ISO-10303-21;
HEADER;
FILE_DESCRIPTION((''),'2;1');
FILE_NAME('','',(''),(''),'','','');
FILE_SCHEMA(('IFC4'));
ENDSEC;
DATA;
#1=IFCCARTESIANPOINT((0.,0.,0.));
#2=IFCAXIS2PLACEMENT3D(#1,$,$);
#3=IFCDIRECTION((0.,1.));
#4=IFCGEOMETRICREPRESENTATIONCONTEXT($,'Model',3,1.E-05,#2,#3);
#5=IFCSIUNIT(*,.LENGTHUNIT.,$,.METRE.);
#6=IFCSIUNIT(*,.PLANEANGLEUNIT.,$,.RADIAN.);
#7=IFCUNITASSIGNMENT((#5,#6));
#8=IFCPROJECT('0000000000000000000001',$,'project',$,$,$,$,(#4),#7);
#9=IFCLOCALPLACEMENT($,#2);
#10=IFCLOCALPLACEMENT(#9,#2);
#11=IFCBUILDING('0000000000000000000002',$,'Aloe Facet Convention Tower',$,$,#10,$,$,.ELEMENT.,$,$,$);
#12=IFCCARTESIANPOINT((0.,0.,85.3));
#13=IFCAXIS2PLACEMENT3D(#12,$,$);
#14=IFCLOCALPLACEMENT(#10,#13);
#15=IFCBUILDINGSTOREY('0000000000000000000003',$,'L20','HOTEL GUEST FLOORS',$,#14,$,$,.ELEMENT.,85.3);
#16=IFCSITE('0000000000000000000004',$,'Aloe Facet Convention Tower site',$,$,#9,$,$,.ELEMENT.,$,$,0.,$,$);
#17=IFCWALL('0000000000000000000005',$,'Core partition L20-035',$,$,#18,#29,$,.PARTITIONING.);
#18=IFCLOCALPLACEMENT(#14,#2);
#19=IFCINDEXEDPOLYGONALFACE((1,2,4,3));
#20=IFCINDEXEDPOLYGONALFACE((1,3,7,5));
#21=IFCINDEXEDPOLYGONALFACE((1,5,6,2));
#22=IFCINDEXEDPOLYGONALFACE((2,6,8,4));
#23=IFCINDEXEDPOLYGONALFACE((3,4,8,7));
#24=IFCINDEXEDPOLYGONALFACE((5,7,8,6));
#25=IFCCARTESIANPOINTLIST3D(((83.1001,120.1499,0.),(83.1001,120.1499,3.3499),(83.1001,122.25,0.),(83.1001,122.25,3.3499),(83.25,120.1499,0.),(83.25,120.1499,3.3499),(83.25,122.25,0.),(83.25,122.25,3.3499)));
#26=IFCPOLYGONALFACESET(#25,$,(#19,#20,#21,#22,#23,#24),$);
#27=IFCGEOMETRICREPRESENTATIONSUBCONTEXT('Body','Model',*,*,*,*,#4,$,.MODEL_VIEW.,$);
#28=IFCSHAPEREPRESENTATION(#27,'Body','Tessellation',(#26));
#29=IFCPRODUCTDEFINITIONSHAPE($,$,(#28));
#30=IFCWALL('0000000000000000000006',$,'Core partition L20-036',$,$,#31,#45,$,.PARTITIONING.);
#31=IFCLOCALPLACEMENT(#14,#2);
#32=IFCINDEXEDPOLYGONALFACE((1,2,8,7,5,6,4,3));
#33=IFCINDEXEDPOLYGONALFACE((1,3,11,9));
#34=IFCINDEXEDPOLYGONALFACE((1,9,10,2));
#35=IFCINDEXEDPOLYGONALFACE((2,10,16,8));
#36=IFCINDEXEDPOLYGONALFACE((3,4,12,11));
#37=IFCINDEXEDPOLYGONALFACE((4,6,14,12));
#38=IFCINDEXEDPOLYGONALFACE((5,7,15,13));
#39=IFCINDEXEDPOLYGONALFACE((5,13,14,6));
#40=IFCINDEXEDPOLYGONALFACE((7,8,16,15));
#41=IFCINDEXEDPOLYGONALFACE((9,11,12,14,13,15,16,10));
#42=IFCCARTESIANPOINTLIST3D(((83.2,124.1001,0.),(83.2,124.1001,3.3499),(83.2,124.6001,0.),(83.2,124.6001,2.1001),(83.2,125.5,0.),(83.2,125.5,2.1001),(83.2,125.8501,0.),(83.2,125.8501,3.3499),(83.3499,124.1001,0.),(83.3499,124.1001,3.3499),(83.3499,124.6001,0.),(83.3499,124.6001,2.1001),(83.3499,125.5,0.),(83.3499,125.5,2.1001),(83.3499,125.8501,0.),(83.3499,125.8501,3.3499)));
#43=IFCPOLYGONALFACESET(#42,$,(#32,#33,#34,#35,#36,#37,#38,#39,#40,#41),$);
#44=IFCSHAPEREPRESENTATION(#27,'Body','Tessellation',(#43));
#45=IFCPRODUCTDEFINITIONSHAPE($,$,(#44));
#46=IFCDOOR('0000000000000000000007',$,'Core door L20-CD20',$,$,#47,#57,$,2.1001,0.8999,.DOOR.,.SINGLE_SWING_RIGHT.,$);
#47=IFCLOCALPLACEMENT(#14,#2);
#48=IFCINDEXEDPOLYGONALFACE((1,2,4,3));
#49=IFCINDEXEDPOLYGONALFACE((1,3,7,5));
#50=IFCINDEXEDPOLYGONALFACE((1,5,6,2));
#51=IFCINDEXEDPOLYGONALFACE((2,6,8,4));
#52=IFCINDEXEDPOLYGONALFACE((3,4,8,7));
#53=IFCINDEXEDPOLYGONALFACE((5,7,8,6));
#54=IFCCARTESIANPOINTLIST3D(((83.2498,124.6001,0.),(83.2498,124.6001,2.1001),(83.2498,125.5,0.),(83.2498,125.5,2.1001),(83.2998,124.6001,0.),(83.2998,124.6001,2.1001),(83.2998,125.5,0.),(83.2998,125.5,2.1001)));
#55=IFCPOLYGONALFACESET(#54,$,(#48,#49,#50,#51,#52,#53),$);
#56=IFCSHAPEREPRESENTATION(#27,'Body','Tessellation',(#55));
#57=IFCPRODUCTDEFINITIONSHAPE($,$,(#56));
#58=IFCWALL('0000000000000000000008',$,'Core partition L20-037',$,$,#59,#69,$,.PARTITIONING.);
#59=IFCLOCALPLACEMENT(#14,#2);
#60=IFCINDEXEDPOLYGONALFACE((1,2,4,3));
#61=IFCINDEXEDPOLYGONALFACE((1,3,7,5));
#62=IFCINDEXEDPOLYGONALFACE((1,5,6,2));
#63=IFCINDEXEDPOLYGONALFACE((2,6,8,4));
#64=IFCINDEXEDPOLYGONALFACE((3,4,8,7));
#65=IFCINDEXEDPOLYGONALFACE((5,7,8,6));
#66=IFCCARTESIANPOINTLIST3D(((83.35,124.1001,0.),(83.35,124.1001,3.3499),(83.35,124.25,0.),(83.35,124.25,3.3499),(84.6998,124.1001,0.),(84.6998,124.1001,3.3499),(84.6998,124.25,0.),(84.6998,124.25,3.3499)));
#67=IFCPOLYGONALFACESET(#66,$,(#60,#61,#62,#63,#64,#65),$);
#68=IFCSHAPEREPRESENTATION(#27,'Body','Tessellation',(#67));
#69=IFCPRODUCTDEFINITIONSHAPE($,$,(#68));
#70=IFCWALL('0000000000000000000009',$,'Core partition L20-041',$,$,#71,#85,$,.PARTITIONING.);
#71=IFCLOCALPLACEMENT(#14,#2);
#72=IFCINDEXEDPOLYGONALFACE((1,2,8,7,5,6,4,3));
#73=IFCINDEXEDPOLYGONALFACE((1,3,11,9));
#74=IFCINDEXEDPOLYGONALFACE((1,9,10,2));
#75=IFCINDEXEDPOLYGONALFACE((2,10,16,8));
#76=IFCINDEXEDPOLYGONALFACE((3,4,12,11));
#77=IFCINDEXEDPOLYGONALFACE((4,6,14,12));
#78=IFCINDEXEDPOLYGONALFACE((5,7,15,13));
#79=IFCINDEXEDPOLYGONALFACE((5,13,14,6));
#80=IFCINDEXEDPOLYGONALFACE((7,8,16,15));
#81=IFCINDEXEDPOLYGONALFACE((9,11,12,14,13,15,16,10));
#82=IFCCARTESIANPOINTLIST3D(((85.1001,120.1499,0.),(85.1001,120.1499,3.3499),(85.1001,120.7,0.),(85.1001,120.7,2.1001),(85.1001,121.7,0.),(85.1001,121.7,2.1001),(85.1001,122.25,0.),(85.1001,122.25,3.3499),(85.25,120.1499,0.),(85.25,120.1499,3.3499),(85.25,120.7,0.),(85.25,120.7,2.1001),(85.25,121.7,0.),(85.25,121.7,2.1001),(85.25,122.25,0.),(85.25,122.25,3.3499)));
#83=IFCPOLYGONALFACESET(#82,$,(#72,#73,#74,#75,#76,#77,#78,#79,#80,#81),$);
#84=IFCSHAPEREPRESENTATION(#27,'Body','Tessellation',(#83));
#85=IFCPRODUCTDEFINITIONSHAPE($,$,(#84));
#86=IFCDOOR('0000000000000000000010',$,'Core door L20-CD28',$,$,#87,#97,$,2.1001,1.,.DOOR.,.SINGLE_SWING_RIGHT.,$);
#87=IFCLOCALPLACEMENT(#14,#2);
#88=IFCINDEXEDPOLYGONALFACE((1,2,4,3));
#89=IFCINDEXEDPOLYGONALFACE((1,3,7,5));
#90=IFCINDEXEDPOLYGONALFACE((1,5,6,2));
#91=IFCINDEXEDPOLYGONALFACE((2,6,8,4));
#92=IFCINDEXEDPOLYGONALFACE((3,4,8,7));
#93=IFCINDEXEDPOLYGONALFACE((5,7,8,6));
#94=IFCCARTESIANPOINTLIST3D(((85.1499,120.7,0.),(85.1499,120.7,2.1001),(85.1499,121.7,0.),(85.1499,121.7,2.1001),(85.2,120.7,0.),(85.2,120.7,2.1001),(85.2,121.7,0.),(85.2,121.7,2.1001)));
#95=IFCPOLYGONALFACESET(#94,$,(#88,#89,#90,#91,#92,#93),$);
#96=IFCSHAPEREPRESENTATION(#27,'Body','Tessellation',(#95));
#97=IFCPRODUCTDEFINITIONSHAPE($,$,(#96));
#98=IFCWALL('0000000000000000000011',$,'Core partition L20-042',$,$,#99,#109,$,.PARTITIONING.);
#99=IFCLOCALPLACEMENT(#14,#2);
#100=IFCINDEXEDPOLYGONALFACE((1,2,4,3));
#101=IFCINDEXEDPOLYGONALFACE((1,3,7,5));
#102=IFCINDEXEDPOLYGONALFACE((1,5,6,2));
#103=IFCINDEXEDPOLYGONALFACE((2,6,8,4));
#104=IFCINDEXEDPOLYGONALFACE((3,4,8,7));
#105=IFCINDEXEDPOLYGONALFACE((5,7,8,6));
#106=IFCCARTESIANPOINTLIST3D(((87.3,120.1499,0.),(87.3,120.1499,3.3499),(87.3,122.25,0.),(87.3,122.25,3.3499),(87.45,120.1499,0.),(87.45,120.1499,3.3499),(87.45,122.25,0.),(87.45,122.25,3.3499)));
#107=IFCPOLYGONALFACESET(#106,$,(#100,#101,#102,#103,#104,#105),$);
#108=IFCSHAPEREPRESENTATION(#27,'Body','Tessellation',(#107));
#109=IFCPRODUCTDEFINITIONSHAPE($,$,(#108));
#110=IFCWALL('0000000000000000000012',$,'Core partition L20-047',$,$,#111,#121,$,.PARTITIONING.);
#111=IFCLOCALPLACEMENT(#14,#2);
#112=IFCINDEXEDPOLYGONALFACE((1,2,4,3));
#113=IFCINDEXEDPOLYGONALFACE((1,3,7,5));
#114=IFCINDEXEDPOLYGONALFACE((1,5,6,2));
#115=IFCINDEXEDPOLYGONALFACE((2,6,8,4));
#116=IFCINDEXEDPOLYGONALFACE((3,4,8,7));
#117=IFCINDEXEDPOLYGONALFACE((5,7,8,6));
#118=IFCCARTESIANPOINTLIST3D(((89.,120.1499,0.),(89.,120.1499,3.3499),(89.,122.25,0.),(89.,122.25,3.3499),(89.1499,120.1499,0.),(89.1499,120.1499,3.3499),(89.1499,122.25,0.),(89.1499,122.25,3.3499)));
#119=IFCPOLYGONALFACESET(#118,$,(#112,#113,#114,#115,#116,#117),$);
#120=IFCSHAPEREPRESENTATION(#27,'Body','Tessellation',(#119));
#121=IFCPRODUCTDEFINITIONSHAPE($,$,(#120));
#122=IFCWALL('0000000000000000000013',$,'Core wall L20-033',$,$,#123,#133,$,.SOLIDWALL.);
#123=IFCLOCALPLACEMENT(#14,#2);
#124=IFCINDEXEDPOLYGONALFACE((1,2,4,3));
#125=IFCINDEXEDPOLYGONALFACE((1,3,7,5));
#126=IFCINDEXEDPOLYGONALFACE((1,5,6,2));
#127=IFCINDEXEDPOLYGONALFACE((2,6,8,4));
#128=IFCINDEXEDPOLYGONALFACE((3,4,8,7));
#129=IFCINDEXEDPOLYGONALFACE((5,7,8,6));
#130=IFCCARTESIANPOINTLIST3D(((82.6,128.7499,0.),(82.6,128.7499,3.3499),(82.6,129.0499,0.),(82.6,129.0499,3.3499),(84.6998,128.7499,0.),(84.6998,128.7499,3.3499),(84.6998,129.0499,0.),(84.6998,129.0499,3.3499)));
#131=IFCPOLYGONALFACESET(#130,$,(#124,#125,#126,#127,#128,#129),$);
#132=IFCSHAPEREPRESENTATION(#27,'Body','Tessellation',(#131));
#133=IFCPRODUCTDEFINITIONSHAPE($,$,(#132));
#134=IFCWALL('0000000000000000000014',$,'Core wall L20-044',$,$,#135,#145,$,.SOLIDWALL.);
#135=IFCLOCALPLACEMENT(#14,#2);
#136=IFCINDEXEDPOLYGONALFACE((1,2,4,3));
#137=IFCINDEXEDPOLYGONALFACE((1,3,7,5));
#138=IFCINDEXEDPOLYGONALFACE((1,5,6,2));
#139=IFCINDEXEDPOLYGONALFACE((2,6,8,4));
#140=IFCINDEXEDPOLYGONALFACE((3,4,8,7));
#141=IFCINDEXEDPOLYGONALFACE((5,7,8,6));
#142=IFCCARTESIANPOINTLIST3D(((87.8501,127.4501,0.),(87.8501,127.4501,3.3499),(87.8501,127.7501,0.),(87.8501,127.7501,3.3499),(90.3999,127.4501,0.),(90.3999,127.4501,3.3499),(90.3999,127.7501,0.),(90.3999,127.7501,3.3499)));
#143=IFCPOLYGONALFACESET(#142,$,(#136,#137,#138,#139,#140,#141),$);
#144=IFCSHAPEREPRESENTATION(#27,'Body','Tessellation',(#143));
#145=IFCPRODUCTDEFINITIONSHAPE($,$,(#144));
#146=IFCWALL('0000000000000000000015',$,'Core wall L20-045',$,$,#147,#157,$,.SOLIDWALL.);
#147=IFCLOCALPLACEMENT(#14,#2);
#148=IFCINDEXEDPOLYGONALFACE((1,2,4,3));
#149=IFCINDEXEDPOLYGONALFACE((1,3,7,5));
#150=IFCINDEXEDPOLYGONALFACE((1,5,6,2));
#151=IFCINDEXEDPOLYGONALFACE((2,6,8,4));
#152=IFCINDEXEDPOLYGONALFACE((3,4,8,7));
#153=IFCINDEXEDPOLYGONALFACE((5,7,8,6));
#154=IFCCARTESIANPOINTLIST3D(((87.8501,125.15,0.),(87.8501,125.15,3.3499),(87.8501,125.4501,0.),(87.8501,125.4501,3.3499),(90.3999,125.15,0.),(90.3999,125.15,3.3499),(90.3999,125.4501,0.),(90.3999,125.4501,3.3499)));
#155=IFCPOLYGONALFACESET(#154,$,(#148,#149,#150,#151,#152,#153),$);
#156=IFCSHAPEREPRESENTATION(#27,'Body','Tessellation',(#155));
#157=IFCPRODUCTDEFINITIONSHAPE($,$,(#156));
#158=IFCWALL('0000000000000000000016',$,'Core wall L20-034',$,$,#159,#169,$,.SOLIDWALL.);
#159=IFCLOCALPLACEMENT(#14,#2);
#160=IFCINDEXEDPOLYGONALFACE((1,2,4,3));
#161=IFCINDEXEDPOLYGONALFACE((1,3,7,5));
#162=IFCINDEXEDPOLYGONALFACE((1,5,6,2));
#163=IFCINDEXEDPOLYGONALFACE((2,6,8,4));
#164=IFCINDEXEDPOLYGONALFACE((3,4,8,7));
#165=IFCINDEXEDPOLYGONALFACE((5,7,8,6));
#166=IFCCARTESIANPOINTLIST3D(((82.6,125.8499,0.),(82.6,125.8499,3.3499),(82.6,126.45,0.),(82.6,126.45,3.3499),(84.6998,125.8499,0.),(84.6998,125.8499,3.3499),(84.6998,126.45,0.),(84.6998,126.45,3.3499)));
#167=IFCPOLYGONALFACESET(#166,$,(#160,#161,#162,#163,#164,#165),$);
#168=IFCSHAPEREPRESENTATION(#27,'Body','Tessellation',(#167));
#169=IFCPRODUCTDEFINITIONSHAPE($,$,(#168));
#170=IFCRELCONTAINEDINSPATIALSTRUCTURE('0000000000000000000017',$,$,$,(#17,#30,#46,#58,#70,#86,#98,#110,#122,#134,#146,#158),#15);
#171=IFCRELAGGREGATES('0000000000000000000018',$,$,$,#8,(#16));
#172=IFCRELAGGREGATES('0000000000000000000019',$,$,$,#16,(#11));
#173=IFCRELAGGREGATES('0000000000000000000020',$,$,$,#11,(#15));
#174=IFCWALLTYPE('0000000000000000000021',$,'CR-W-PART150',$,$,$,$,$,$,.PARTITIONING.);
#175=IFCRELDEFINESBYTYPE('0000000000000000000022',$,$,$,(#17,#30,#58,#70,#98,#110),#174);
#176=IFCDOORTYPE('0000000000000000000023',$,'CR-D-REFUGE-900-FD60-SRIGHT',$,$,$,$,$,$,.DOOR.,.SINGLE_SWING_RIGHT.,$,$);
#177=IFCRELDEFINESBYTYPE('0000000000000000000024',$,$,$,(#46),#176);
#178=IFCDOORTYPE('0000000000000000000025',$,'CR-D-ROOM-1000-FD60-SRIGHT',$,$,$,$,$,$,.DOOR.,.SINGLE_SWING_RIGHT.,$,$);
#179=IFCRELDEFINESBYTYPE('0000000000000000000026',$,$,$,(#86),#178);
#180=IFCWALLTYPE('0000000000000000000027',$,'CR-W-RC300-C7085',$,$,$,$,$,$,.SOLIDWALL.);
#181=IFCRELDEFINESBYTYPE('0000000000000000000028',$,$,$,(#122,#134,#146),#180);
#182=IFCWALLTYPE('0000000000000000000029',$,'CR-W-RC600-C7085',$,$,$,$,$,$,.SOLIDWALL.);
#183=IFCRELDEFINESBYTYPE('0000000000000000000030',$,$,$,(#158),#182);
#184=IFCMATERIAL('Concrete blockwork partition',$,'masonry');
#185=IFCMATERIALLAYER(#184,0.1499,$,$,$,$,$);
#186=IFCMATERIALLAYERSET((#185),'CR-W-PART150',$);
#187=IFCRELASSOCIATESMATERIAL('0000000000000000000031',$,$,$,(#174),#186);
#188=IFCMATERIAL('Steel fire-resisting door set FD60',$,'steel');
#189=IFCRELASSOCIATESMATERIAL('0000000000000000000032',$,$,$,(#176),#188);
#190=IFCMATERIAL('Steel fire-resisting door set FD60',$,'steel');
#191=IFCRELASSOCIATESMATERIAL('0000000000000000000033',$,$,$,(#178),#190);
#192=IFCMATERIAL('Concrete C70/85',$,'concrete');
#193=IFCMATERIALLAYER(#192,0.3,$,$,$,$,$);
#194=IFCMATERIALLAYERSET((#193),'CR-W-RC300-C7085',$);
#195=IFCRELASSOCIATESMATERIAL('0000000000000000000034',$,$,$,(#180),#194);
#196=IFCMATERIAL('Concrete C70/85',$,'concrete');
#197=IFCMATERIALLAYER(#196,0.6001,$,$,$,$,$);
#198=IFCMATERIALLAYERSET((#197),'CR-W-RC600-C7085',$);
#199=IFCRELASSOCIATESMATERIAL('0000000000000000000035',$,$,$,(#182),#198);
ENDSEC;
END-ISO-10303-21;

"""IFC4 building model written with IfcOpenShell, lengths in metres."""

from ifc_helpers import new_model, si_unit, direction, frame, frame_2d, origin, place, context, subcontext, project, spatial, rectangle, extrude, material, layer, layer_set, type_object, element, fill, save


model = new_model("IFC4")

# Units and contexts
model_context = context("Model", 3, precision=1e-05, world=origin(), true_north=direction((0.0, 1.0)))
body_context = subcontext(model_context, "Body", "Model", "MODEL_VIEW")
ifc_project = project(units=[si_unit("LENGTHUNIT", "METRE"), si_unit("PLANEANGLEUNIT", "RADIAN")], contexts=[model_context])

# Site, building, storey
site_placement = place(None, origin())
site = spatial("IfcSite", under=ifc_project, at=site_placement, Name="Aloe Facet Convention Tower site", CompositionType="ELEMENT", RefElevation=0.0)
building_placement = place(site_placement, origin())
building = spatial("IfcBuilding", under=site, at=building_placement, Name="Aloe Facet Convention Tower", CompositionType="ELEMENT")
storey_placement = place(building_placement, frame((0.0, 0.0, 85.3)))
storey = spatial("IfcBuildingStorey", under=building, at=storey_placement, Name="L20", Description="HOTEL GUEST FLOORS", CompositionType="ELEMENT", Elevation=85.3)

# Wall
ifc_material_1 = material(Name="Concrete blockwork partition", Category="masonry")
ifc_layer_1 = layer(ifc_material_1, 0.1499)
ifc_layer_set_1 = layer_set([ifc_layer_1], Name="CR-W-PART150")
wall_type_1 = type_object("IfcWallType", Name="CR-W-PART150", PredefinedType="PARTITIONING", material=ifc_layer_set_1)
wall_1_placement = place(storey_placement, frame((83.175, 122.25, 0.0), z_axis=(0.0, 0.0, 1.0), x_axis=(0.0, -1.0, 0.0)))
element("IfcWall", 1, at=wall_1_placement, inside=storey, type_object=wall_type_1, Name="Core partition L20-035", PredefinedType="PARTITIONING", context=body_context, shape_type="SweptSolid", body=[
    extrude(rectangle(XDim=2.1001, YDim=0.1499, at=frame_2d((1.05, 0.0))), origin(), (0.0, 0.0, 1.0), 3.3499),
])

# Wall, opening, door
wall_2_placement = place(storey_placement, frame((83.2749, 125.8501, 0.0), z_axis=(0.0, 0.0, 1.0), x_axis=(0.0, -1.0, 0.0)))
wall_2 = element("IfcWall", 2, at=wall_2_placement, inside=storey, type_object=wall_type_1, Name="Core partition L20-036", PredefinedType="PARTITIONING", context=body_context, shape_type="SweptSolid", body=[
    extrude(rectangle(XDim=1.75, YDim=0.1499, at=frame_2d((0.875, 0.0))), origin(), (0.0, 0.0, 1.0), 3.3499),
])
opening_1_placement = place(wall_2_placement, frame((0.3501, 0.0, 0.0)))
opening_1 = element("IfcOpeningElement", 3, at=opening_1_placement, cuts=wall_2, PredefinedType="OPENING", context=body_context, shape_type="SweptSolid", body=[
    extrude(rectangle(XDim=0.8999, YDim=2.1001, at=frame_2d((0.45, 1.05))), frame((0.0, 0.085, 0.0), z_axis=(0.0, -1.0, 0.0), x_axis=(1.0, 0.0, 0.0)), (0.0, 0.0, 1.0), 0.1699),
])
ifc_material_2 = material(Name="Steel fire-resisting door set FD60", Category="steel")
door_type_1 = type_object("IfcDoorType", Name="CR-D-REFUGE-900-FD60-SRIGHT", OperationType="SINGLE_SWING_RIGHT", PredefinedType="DOOR", material=ifc_material_2)
door_1_placement = place(opening_1_placement, origin())
door_1 = element("IfcDoor", 4, at=door_1_placement, inside=storey, type_object=door_type_1, Name="Core door L20-CD20", OperationType="SINGLE_SWING_RIGHT", OverallHeight=2.1001, OverallWidth=0.8999, PredefinedType="DOOR", context=body_context, shape_type="SweptSolid", body=[
    extrude(rectangle(XDim=0.8999, YDim=2.1001, at=frame_2d((0.45, 1.05))), frame((0.0, 0.0249, 0.0), z_axis=(0.0, -1.0, 0.0), x_axis=(1.0, 0.0, 0.0)), (0.0, 0.0, 1.0), 0.05),
])
fill(opening_1, door_1)

# Wall
wall_3_placement = place(storey_placement, frame((83.3501, 124.175, 0.0), z_axis=(0.0, 0.0, 1.0), x_axis=(1.0, 0.0, 0.0)))
element("IfcWall", 5, at=wall_3_placement, inside=storey, type_object=wall_type_1, Name="Core partition L20-037", PredefinedType="PARTITIONING", context=body_context, shape_type="SweptSolid", body=[
    extrude(rectangle(XDim=1.3499, YDim=0.1499, at=frame_2d((0.6748, 0.0))), origin(), (0.0, 0.0, 1.0), 3.3499),
])

# Wall, opening, door
wall_4_placement = place(storey_placement, frame((85.175, 122.25, 0.0), z_axis=(0.0, 0.0, 1.0), x_axis=(0.0, -1.0, 0.0)))
wall_4 = element("IfcWall", 6, at=wall_4_placement, inside=storey, type_object=wall_type_1, Name="Core partition L20-041", PredefinedType="PARTITIONING", context=body_context, shape_type="SweptSolid", body=[
    extrude(rectangle(XDim=2.1001, YDim=0.1499, at=frame_2d((1.05, 0.0))), origin(), (0.0, 0.0, 1.0), 3.3499),
])
opening_2_placement = place(wall_4_placement, frame((0.55, 0.0, 0.0)))
opening_2 = element("IfcOpeningElement", 7, at=opening_2_placement, cuts=wall_4, PredefinedType="OPENING", context=body_context, shape_type="SweptSolid", body=[
    extrude(rectangle(XDim=1.0, YDim=2.1001, at=frame_2d((0.5, 1.05))), frame((0.0, 0.085, 0.0), z_axis=(0.0, -1.0, 0.0), x_axis=(1.0, 0.0, 0.0)), (0.0, 0.0, 1.0), 0.1699),
])
ifc_material_3 = material(Name="Steel fire-resisting door set FD60", Category="steel")
door_type_2 = type_object("IfcDoorType", Name="CR-D-ROOM-1000-FD60-SRIGHT", OperationType="SINGLE_SWING_RIGHT", PredefinedType="DOOR", material=ifc_material_3)
door_2_placement = place(opening_2_placement, origin())
door_2 = element("IfcDoor", 8, at=door_2_placement, inside=storey, type_object=door_type_2, Name="Core door L20-CD28", OperationType="SINGLE_SWING_RIGHT", OverallHeight=2.1001, OverallWidth=1.0, PredefinedType="DOOR", context=body_context, shape_type="SweptSolid", body=[
    extrude(rectangle(XDim=1.0, YDim=2.1001, at=frame_2d((0.5, 1.05))), frame((0.0, 0.0249, 0.0), z_axis=(0.0, -1.0, 0.0), x_axis=(1.0, 0.0, 0.0)), (0.0, 0.0, 1.0), 0.05),
])
fill(opening_2, door_2)

# Walls
for number, where, z_axis, x_axis, name in (
    (9, (87.375, 122.25, 0.0), (0.0, 0.0, 1.0), (0.0, -1.0, 0.0), "Core partition L20-042"),
    (10, (89.075, 122.25, 0.0), (0.0, 0.0, 1.0), (0.0, -1.0, 0.0), "Core partition L20-047"),
):
    element("IfcWall", number, at=place(storey_placement, frame(where, z_axis=z_axis, x_axis=x_axis)), inside=storey, type_object=wall_type_1, Name=name, PredefinedType="PARTITIONING", context=body_context, shape_type="SweptSolid", body=[
        extrude(rectangle(XDim=2.1001, YDim=0.1499, at=frame_2d((1.05, 0.0))), origin(), (0.0, 0.0, 1.0), 3.3499),
    ])
ifc_material_4 = material(Name="Concrete C70/85", Category="concrete")
ifc_layer_2 = layer(ifc_material_4, 0.3)
ifc_layer_set_2 = layer_set([ifc_layer_2], Name="CR-W-RC300-C7085")
wall_type_2 = type_object("IfcWallType", Name="CR-W-RC300-C7085", PredefinedType="SOLIDWALL", material=ifc_layer_set_2)
wall_5_placement = place(storey_placement, frame((82.6001, 128.8999, 0.0), z_axis=(0.0, 0.0, 1.0), x_axis=(1.0, 0.0, 0.0)))
element("IfcWall", 11, at=wall_5_placement, inside=storey, type_object=wall_type_2, Name="Core wall L20-033", PredefinedType="SOLIDWALL", context=body_context, shape_type="SweptSolid", body=[
    extrude(rectangle(XDim=2.0999, YDim=0.3, at=frame_2d((1.0498, 0.0))), origin(), (0.0, 0.0, 1.0), 3.3499),
])
for number, where, z_axis, x_axis, name in (
    (12, (87.8501, 127.6001, 0.0), (0.0, 0.0, 1.0), (1.0, 0.0, 0.0), "Core wall L20-044"),
    (13, (87.8501, 125.3, 0.0), (0.0, 0.0, 1.0), (1.0, 0.0, 0.0), "Core wall L20-045"),
):
    element("IfcWall", number, at=place(storey_placement, frame(where, z_axis=z_axis, x_axis=x_axis)), inside=storey, type_object=wall_type_2, Name=name, PredefinedType="SOLIDWALL", context=body_context, shape_type="SweptSolid", body=[
        extrude(rectangle(XDim=2.5498, YDim=0.3, at=frame_2d((1.2749, 0.0))), origin(), (0.0, 0.0, 1.0), 3.3499),
    ])
ifc_material_5 = material(Name="Concrete C70/85", Category="concrete")
ifc_layer_3 = layer(ifc_material_5, 0.6001)
ifc_layer_set_3 = layer_set([ifc_layer_3], Name="CR-W-RC600-C7085")
wall_type_3 = type_object("IfcWallType", Name="CR-W-RC600-C7085", PredefinedType="SOLIDWALL", material=ifc_layer_set_3)
wall_6_placement = place(storey_placement, frame((82.6001, 126.1499, 0.0), z_axis=(0.0, 0.0, 1.0), x_axis=(1.0, 0.0, 0.0)))
element("IfcWall", 14, at=wall_6_placement, inside=storey, type_object=wall_type_3, Name="Core wall L20-034", PredefinedType="SOLIDWALL", context=body_context, shape_type="SweptSolid", body=[
    extrude(rectangle(XDim=2.0999, YDim=0.6001, at=frame_2d((1.0498, 0.0))), origin(), (0.0, 0.0, 1.0), 3.3499),
])

save(model, "model.ifc")
